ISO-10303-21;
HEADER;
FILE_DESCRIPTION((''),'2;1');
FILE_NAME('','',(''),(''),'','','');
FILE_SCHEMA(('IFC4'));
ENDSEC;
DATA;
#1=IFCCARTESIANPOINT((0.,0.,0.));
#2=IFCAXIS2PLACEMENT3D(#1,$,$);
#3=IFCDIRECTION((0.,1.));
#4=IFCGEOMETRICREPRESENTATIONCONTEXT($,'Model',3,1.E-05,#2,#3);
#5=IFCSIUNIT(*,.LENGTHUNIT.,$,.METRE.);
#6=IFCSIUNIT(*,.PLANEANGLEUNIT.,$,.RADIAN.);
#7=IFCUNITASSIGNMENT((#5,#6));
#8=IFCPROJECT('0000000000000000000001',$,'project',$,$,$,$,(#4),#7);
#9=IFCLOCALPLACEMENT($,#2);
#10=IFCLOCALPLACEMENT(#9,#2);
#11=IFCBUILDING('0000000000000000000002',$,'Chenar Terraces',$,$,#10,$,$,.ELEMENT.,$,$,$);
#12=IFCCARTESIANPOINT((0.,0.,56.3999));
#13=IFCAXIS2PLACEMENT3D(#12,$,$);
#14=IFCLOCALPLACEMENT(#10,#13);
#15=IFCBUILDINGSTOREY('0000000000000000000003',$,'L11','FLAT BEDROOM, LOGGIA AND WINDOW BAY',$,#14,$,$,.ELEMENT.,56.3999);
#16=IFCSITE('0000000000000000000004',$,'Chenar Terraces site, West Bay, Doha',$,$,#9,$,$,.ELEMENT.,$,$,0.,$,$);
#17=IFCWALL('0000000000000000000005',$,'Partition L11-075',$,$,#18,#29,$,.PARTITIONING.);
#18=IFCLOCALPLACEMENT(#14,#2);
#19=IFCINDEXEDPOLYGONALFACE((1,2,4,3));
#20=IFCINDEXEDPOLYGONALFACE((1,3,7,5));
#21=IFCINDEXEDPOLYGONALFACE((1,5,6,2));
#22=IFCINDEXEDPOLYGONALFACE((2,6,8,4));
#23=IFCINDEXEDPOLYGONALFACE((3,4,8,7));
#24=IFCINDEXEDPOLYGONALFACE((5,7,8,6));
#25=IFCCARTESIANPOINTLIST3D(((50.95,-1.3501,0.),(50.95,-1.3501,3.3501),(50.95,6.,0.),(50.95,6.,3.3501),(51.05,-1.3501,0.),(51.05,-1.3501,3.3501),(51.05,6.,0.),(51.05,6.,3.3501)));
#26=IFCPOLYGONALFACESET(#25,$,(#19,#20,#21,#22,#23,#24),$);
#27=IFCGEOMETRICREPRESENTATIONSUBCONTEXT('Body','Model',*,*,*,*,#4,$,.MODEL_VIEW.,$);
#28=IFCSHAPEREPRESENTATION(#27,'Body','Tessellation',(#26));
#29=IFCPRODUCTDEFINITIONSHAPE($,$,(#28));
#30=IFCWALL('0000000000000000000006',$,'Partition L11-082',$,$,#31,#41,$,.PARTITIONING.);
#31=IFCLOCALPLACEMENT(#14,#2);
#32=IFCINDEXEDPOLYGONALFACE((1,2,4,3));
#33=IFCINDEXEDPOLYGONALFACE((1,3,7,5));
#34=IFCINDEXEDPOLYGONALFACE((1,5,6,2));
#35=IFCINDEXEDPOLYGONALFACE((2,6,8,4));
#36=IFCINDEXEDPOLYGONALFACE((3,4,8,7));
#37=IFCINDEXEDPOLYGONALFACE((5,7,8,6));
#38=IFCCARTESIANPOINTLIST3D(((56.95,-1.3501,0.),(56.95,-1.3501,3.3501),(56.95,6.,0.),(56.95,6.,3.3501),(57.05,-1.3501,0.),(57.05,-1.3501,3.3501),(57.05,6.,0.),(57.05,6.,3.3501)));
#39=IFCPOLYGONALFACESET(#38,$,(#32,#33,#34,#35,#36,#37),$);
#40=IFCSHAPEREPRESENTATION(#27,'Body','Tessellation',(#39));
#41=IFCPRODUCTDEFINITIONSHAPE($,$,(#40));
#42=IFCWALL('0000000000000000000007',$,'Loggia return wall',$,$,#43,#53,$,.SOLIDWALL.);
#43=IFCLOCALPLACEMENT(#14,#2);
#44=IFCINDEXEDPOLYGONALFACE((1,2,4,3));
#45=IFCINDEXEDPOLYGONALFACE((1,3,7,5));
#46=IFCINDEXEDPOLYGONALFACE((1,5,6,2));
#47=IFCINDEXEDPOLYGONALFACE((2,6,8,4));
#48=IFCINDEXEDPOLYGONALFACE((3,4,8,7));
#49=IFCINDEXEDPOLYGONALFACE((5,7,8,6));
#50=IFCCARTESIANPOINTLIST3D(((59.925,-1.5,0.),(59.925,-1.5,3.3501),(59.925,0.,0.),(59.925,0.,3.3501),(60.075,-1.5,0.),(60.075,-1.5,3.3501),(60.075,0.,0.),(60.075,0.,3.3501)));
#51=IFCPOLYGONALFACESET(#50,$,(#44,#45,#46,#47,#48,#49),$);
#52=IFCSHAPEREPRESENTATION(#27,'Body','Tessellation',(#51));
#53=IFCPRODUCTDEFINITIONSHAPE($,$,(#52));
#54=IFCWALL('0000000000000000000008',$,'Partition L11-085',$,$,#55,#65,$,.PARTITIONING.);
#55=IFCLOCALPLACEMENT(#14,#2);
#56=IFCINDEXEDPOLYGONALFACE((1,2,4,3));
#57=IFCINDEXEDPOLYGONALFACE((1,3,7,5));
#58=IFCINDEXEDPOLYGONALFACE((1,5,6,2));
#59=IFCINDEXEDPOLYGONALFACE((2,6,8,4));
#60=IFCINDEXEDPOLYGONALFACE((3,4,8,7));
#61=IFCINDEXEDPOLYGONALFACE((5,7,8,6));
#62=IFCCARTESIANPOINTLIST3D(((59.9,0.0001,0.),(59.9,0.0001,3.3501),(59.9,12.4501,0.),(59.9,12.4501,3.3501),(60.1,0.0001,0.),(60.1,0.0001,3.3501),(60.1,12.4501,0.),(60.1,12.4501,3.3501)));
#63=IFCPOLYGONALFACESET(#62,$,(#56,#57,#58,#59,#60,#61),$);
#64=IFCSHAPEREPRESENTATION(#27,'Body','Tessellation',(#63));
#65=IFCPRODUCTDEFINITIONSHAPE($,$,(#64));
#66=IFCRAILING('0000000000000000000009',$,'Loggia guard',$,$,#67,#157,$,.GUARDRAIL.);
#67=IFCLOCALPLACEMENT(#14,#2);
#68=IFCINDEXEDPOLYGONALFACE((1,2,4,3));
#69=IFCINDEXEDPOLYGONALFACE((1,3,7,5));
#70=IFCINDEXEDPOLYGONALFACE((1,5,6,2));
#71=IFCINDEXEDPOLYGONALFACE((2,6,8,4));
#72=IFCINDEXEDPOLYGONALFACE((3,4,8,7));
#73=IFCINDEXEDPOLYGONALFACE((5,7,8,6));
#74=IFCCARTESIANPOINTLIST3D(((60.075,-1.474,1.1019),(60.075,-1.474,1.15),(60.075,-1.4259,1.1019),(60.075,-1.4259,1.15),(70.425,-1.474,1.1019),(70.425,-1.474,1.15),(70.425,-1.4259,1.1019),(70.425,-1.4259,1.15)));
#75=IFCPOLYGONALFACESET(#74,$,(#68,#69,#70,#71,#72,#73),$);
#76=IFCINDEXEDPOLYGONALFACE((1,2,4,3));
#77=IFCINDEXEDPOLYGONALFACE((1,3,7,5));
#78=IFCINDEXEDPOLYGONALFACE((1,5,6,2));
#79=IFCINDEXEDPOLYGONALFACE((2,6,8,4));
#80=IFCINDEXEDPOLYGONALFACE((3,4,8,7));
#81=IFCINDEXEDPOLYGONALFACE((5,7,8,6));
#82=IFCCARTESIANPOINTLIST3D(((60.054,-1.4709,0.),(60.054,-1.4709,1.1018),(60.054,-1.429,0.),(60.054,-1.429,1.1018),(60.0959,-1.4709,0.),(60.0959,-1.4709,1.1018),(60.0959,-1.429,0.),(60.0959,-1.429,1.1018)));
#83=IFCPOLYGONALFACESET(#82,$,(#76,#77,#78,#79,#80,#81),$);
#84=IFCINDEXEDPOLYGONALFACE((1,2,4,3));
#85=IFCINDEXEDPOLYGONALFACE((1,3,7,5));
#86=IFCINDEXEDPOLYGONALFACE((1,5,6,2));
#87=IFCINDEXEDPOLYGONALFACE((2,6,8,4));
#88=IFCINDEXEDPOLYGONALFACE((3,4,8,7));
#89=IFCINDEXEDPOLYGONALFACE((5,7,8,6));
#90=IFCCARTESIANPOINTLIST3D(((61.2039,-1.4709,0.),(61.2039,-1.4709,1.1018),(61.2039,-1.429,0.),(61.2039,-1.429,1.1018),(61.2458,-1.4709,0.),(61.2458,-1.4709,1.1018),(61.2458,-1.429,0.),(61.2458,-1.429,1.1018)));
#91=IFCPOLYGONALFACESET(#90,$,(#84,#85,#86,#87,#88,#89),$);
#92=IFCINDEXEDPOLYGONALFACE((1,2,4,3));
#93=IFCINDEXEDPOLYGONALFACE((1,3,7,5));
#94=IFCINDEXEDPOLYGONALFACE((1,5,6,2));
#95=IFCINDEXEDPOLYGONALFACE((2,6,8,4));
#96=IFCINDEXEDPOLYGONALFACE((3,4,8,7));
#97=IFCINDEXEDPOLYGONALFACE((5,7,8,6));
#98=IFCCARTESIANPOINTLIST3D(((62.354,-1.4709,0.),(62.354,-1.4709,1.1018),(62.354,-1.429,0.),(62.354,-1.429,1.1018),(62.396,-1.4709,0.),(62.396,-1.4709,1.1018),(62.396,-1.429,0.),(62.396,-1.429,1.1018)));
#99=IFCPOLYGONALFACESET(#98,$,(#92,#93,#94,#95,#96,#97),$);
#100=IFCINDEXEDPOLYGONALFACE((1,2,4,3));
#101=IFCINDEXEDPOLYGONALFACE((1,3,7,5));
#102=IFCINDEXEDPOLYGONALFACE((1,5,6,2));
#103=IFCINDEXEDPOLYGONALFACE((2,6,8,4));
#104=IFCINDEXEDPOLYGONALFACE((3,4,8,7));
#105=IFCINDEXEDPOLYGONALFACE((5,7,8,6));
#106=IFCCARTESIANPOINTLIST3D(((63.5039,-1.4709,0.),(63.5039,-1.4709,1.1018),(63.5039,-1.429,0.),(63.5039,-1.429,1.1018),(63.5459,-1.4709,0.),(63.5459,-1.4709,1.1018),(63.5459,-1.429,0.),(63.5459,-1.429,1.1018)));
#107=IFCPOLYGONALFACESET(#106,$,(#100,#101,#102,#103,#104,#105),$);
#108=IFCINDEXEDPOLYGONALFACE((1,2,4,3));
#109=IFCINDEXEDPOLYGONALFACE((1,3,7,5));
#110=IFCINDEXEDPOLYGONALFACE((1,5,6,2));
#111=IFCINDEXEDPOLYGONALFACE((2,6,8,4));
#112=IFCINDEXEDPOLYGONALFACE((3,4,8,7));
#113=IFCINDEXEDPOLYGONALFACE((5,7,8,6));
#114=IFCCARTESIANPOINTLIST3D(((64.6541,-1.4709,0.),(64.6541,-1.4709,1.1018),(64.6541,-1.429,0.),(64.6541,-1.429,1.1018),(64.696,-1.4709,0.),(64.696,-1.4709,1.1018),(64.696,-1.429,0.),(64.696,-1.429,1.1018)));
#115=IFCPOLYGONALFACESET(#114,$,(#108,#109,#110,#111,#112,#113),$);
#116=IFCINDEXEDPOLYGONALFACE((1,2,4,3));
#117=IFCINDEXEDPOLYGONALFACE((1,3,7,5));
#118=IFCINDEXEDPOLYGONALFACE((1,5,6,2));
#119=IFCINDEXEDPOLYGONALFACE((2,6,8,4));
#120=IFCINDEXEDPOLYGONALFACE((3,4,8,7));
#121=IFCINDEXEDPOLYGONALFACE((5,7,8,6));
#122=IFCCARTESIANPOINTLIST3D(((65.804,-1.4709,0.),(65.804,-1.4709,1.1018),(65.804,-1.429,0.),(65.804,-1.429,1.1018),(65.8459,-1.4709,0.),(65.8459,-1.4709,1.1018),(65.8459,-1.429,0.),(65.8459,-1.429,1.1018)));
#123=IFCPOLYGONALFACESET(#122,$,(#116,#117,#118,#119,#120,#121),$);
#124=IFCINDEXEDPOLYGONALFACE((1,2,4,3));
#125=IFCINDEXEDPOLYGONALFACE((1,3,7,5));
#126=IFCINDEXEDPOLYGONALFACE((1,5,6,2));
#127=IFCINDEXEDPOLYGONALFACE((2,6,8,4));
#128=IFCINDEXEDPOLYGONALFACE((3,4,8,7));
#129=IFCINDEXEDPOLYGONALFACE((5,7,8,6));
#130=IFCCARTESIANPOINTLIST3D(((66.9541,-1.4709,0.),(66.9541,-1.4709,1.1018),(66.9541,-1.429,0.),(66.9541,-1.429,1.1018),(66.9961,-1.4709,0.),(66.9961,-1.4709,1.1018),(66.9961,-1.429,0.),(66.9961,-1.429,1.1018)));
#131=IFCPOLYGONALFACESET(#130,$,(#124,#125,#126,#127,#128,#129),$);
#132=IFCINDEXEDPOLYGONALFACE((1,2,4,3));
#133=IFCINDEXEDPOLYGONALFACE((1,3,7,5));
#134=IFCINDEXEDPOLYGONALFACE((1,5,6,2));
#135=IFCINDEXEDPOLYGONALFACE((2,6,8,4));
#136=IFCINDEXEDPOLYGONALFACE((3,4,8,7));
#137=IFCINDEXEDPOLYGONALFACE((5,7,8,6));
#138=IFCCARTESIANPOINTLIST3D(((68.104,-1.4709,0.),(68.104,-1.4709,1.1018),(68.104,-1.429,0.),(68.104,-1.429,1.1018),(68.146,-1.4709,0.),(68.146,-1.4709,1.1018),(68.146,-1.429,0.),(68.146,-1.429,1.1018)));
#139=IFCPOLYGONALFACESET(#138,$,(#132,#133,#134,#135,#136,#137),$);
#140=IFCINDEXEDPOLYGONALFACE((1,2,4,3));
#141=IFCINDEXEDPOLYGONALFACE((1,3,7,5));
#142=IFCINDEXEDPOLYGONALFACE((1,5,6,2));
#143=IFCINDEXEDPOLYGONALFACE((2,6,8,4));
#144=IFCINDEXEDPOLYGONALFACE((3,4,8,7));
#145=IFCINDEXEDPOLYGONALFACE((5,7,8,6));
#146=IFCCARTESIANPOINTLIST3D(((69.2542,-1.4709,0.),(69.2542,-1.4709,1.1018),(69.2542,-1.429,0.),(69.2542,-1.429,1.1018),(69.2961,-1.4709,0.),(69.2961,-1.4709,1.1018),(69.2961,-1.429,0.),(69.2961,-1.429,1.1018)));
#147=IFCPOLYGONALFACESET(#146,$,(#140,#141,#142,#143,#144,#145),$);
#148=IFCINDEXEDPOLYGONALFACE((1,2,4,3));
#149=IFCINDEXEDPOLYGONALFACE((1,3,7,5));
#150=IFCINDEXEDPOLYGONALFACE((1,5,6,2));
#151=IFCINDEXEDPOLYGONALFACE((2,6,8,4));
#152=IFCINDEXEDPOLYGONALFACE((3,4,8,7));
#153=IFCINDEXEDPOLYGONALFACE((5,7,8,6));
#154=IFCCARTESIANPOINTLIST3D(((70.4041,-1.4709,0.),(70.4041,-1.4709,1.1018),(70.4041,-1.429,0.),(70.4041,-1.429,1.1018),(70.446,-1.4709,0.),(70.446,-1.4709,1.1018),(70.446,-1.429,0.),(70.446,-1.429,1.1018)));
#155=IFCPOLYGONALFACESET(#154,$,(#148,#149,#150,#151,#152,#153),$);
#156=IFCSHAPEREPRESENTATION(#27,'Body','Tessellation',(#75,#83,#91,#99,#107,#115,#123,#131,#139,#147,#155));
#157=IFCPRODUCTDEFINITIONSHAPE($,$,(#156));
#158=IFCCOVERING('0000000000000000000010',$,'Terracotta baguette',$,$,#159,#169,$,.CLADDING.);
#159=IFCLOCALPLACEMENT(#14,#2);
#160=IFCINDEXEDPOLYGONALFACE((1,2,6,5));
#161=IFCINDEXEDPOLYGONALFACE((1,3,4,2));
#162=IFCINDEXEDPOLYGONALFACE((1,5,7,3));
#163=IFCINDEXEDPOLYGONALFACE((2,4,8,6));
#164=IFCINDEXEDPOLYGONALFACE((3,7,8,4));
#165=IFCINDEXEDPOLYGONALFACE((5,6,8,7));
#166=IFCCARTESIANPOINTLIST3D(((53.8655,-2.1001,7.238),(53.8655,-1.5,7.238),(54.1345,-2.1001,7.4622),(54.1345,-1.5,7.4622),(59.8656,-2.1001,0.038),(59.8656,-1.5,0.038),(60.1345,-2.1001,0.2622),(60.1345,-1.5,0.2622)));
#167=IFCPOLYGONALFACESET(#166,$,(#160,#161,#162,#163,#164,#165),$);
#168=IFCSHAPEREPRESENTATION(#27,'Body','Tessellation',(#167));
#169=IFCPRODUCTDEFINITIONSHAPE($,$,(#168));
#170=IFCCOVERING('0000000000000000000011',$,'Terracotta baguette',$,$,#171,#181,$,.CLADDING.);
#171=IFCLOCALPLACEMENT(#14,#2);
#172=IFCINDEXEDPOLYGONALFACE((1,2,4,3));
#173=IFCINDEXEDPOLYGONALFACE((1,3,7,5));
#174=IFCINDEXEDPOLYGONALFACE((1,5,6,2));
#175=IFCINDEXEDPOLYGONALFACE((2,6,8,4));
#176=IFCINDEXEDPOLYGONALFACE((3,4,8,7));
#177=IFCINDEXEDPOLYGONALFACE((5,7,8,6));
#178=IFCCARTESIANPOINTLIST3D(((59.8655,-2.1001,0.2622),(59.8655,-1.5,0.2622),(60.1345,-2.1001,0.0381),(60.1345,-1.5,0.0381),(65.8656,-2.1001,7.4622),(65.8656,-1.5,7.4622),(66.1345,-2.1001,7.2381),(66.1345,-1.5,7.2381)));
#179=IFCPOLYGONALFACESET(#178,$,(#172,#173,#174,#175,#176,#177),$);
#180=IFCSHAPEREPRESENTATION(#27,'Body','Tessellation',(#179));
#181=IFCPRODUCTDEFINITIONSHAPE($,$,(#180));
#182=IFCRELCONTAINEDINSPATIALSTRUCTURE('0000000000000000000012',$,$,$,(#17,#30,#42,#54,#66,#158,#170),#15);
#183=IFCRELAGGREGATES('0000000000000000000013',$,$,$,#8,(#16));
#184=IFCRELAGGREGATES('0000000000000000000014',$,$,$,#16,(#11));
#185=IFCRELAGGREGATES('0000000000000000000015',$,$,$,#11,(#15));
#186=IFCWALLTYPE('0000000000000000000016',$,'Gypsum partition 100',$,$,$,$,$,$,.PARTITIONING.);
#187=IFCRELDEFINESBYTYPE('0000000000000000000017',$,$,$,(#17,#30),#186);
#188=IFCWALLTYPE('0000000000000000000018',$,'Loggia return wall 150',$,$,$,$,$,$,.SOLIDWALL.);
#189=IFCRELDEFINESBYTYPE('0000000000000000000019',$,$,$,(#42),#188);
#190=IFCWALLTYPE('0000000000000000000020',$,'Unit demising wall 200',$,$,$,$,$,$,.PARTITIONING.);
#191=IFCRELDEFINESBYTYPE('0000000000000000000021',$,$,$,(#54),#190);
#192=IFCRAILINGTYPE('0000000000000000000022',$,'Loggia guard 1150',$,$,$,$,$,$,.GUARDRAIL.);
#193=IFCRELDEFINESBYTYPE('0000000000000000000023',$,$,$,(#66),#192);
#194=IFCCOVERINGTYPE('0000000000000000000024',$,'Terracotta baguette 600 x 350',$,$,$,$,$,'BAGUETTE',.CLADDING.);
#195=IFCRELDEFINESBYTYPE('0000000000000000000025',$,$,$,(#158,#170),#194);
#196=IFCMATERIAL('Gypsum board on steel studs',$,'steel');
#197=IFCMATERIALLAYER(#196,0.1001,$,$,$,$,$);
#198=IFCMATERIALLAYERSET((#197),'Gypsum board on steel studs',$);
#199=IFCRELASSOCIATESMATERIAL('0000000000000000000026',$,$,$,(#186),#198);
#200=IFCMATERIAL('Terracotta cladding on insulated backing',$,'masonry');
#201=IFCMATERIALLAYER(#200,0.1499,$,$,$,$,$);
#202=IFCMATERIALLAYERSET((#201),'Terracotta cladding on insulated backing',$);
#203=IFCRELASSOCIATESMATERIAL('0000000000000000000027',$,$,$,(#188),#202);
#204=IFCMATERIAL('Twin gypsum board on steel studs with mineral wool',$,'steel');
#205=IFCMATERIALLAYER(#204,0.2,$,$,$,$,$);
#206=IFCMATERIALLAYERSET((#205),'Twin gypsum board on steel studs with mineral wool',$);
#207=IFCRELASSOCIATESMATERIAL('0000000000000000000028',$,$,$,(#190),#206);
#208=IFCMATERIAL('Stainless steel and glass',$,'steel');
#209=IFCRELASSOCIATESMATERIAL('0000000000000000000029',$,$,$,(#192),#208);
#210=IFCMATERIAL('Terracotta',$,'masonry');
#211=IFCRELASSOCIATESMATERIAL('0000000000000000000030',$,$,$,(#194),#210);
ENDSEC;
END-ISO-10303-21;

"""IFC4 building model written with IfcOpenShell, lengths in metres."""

from ifc_helpers import new_model, si_unit, direction, frame, frame_2d, origin, origin_2d, place, context, subcontext, project, spatial, rectangle, extrude, material, layer, layer_set, material_profile, profile_set, type_object, element, save


model = new_model("IFC4")

# Units and contexts
model_context = context("Model", 3, precision=1e-05, world=origin(), true_north=direction((0.0, 1.0)))
body_context = subcontext(model_context, "Body", "Model", "MODEL_VIEW")
ifc_project = project(units=[si_unit("LENGTHUNIT", "METRE"), si_unit("PLANEANGLEUNIT", "RADIAN")], contexts=[model_context])

# Site, building, storey
site_placement = place(None, origin())
site = spatial("IfcSite", under=ifc_project, at=site_placement, Name="Chenar Terraces site, West Bay, Doha", CompositionType="ELEMENT", RefElevation=0.0)
building_placement = place(site_placement, origin())
building = spatial("IfcBuilding", under=site, at=building_placement, Name="Chenar Terraces", CompositionType="ELEMENT")
storey_placement = place(building_placement, frame((0.0, 0.0, 56.3999)))
storey = spatial("IfcBuildingStorey", under=building, at=storey_placement, Name="L11", Description="FLAT BEDROOM, LOGGIA AND WINDOW BAY", CompositionType="ELEMENT", Elevation=56.3999)

# Walls
ifc_material_1 = material(Name="Gypsum board on steel studs", Category="steel")
ifc_layer_1 = layer(ifc_material_1, 0.1001)
ifc_layer_set_1 = layer_set([ifc_layer_1], Name="Gypsum board on steel studs")
wall_type_1 = type_object("IfcWallType", Name="Gypsum partition 100", PredefinedType="PARTITIONING", material=ifc_layer_set_1)
for number, where, z_axis, x_axis, name in (
    (1, (51.0, -1.3501, 0.0), (0.0, 0.0, 1.0), (0.0, 1.0, 0.0), "Partition L11-075"),
    (2, (57.0, -1.3501, 0.0), (0.0, 0.0, 1.0), (0.0, 1.0, 0.0), "Partition L11-082"),
):
    element("IfcWall", number, at=place(storey_placement, frame(where, z_axis=z_axis, x_axis=x_axis)), inside=storey, type_object=wall_type_1, Name=name, PredefinedType="PARTITIONING", context=body_context, shape_type="SweptSolid", body=[
        extrude(rectangle(XDim=7.3501, YDim=0.1001, at=frame_2d((3.675, 0.0))), origin(), (0.0, 0.0, 1.0), 3.3501),
    ])
ifc_material_2 = material(Name="Terracotta cladding on insulated backing", Category="masonry")
ifc_layer_2 = layer(ifc_material_2, 0.1499)
ifc_layer_set_2 = layer_set([ifc_layer_2], Name="Terracotta cladding on insulated backing")
wall_type_2 = type_object("IfcWallType", Name="Loggia return wall 150", PredefinedType="SOLIDWALL", material=ifc_layer_set_2)
wall_1_placement = place(storey_placement, frame((60.0, -1.5, 0.0), z_axis=(0.0, 0.0, 1.0), x_axis=(0.0, 1.0, 0.0)))
element("IfcWall", 3, at=wall_1_placement, inside=storey, type_object=wall_type_2, Name="Loggia return wall", PredefinedType="SOLIDWALL", context=body_context, shape_type="SweptSolid", body=[
    extrude(rectangle(XDim=1.5, YDim=0.1499, at=frame_2d((0.75, 0.0))), origin(), (0.0, 0.0, 1.0), 3.3501),
])
ifc_material_3 = material(Name="Twin gypsum board on steel studs with mineral wool", Category="steel")
ifc_layer_3 = layer(ifc_material_3, 0.2)
ifc_layer_set_3 = layer_set([ifc_layer_3], Name="Twin gypsum board on steel studs with mineral wool")
wall_type_3 = type_object("IfcWallType", Name="Unit demising wall 200", PredefinedType="PARTITIONING", material=ifc_layer_set_3)
wall_2_placement = place(storey_placement, frame((60.0, 0.0, 0.0), z_axis=(0.0, 0.0, 1.0), x_axis=(0.0, 1.0, 0.0)))
element("IfcWall", 4, at=wall_2_placement, inside=storey, type_object=wall_type_3, Name="Partition L11-085", PredefinedType="PARTITIONING", context=body_context, shape_type="SweptSolid", body=[
    extrude(rectangle(XDim=12.45, YDim=0.2, at=frame_2d((6.2251, 0.0))), origin(), (0.0, 0.0, 1.0), 3.3501),
])

# Railing
ifc_material_4 = material(Name="Stainless steel and glass", Category="steel")
railing_type = type_object("IfcRailingType", Name="Loggia guard 1150", PredefinedType="GUARDRAIL", material=ifc_material_4)
railing_placement = place(storey_placement, frame((60.075, -1.45, 0.0)))
element("IfcRailing", 5, at=railing_placement, inside=storey, type_object=railing_type, Name="Loggia guard", PredefinedType="GUARDRAIL", context=body_context, shape_type="SweptSolid", body=[
    extrude(rectangle(XDim=0.0481, YDim=0.0481, at=origin_2d()), frame((0.0, 0.0, 1.126), z_axis=(1.0, 0.0, 0.0), x_axis=(0.0, 1.0, 0.0)), (0.0, 0.0, 1.0), 10.3501),
    extrude(rectangle(XDim=0.042, YDim=0.042, at=origin_2d()), origin(), (0.0, 0.0, 1.0), 1.1018),
    extrude(rectangle(XDim=0.042, YDim=0.042, at=origin_2d()), frame((1.1499, 0.0, 0.0)), (0.0, 0.0, 1.0), 1.1018),
    extrude(rectangle(XDim=0.042, YDim=0.042, at=origin_2d()), frame((2.3, 0.0, 0.0)), (0.0, 0.0, 1.0), 1.1018),
    extrude(rectangle(XDim=0.042, YDim=0.042, at=origin_2d()), frame((3.45, 0.0, 0.0)), (0.0, 0.0, 1.0), 1.1018),
    extrude(rectangle(XDim=0.042, YDim=0.042, at=origin_2d()), frame((4.6001, 0.0, 0.0)), (0.0, 0.0, 1.0), 1.1018),
    extrude(rectangle(XDim=0.042, YDim=0.042, at=origin_2d()), frame((5.75, 0.0, 0.0)), (0.0, 0.0, 1.0), 1.1018),
    extrude(rectangle(XDim=0.042, YDim=0.042, at=origin_2d()), frame((6.9001, 0.0, 0.0)), (0.0, 0.0, 1.0), 1.1018),
    extrude(rectangle(XDim=0.042, YDim=0.042, at=origin_2d()), frame((8.05, 0.0, 0.0)), (0.0, 0.0, 1.0), 1.1018),
    extrude(rectangle(XDim=0.042, YDim=0.042, at=origin_2d()), frame((9.2002, 0.0, 0.0)), (0.0, 0.0, 1.0), 1.1018),
    extrude(rectangle(XDim=0.042, YDim=0.042, at=origin_2d()), frame((10.3501, 0.0, 0.0)), (0.0, 0.0, 1.0), 1.1018),
])

# Coverings
ifc_material_5 = material(Name="Terracotta", Category="masonry")
ifc_material_profile_1 = material_profile(ifc_material_5, rectangle(XDim=0.6001, YDim=0.3501, at=origin_2d()), Name="Terracotta baguette 600 x 350")
ifc_profile_set_1 = profile_set([ifc_material_profile_1], Name="Terracotta")
covering_type = type_object("IfcCoveringType", Name="Terracotta baguette 600 x 350", ElementType="BAGUETTE", PredefinedType="CLADDING", material=ifc_profile_set_1)
for number, where, z_axis, x_axis, name in (
    (6, (54.0, -1.8, 7.3501), (0.640187, 0.0, -0.768219), (0.0, 1.0, 0.0), "Terracotta baguette"),
    (7, (60.0, -1.8, 0.1501), (0.640187, 0.0, 0.768219), (0.0, 1.0, 0.0), "Terracotta baguette"),
):
    element("IfcCovering", number, at=place(storey_placement, frame(where, z_axis=z_axis, x_axis=x_axis)), inside=storey, type_object=covering_type, Name=name, PredefinedType="CLADDING", context=body_context, shape_type="SweptSolid", body=[
        extrude(rectangle(XDim=0.6001, YDim=0.3501, at=origin_2d()), origin(), (0.0, 0.0, 1.0), 9.3723),
    ])

save(model, "model.ifc")
